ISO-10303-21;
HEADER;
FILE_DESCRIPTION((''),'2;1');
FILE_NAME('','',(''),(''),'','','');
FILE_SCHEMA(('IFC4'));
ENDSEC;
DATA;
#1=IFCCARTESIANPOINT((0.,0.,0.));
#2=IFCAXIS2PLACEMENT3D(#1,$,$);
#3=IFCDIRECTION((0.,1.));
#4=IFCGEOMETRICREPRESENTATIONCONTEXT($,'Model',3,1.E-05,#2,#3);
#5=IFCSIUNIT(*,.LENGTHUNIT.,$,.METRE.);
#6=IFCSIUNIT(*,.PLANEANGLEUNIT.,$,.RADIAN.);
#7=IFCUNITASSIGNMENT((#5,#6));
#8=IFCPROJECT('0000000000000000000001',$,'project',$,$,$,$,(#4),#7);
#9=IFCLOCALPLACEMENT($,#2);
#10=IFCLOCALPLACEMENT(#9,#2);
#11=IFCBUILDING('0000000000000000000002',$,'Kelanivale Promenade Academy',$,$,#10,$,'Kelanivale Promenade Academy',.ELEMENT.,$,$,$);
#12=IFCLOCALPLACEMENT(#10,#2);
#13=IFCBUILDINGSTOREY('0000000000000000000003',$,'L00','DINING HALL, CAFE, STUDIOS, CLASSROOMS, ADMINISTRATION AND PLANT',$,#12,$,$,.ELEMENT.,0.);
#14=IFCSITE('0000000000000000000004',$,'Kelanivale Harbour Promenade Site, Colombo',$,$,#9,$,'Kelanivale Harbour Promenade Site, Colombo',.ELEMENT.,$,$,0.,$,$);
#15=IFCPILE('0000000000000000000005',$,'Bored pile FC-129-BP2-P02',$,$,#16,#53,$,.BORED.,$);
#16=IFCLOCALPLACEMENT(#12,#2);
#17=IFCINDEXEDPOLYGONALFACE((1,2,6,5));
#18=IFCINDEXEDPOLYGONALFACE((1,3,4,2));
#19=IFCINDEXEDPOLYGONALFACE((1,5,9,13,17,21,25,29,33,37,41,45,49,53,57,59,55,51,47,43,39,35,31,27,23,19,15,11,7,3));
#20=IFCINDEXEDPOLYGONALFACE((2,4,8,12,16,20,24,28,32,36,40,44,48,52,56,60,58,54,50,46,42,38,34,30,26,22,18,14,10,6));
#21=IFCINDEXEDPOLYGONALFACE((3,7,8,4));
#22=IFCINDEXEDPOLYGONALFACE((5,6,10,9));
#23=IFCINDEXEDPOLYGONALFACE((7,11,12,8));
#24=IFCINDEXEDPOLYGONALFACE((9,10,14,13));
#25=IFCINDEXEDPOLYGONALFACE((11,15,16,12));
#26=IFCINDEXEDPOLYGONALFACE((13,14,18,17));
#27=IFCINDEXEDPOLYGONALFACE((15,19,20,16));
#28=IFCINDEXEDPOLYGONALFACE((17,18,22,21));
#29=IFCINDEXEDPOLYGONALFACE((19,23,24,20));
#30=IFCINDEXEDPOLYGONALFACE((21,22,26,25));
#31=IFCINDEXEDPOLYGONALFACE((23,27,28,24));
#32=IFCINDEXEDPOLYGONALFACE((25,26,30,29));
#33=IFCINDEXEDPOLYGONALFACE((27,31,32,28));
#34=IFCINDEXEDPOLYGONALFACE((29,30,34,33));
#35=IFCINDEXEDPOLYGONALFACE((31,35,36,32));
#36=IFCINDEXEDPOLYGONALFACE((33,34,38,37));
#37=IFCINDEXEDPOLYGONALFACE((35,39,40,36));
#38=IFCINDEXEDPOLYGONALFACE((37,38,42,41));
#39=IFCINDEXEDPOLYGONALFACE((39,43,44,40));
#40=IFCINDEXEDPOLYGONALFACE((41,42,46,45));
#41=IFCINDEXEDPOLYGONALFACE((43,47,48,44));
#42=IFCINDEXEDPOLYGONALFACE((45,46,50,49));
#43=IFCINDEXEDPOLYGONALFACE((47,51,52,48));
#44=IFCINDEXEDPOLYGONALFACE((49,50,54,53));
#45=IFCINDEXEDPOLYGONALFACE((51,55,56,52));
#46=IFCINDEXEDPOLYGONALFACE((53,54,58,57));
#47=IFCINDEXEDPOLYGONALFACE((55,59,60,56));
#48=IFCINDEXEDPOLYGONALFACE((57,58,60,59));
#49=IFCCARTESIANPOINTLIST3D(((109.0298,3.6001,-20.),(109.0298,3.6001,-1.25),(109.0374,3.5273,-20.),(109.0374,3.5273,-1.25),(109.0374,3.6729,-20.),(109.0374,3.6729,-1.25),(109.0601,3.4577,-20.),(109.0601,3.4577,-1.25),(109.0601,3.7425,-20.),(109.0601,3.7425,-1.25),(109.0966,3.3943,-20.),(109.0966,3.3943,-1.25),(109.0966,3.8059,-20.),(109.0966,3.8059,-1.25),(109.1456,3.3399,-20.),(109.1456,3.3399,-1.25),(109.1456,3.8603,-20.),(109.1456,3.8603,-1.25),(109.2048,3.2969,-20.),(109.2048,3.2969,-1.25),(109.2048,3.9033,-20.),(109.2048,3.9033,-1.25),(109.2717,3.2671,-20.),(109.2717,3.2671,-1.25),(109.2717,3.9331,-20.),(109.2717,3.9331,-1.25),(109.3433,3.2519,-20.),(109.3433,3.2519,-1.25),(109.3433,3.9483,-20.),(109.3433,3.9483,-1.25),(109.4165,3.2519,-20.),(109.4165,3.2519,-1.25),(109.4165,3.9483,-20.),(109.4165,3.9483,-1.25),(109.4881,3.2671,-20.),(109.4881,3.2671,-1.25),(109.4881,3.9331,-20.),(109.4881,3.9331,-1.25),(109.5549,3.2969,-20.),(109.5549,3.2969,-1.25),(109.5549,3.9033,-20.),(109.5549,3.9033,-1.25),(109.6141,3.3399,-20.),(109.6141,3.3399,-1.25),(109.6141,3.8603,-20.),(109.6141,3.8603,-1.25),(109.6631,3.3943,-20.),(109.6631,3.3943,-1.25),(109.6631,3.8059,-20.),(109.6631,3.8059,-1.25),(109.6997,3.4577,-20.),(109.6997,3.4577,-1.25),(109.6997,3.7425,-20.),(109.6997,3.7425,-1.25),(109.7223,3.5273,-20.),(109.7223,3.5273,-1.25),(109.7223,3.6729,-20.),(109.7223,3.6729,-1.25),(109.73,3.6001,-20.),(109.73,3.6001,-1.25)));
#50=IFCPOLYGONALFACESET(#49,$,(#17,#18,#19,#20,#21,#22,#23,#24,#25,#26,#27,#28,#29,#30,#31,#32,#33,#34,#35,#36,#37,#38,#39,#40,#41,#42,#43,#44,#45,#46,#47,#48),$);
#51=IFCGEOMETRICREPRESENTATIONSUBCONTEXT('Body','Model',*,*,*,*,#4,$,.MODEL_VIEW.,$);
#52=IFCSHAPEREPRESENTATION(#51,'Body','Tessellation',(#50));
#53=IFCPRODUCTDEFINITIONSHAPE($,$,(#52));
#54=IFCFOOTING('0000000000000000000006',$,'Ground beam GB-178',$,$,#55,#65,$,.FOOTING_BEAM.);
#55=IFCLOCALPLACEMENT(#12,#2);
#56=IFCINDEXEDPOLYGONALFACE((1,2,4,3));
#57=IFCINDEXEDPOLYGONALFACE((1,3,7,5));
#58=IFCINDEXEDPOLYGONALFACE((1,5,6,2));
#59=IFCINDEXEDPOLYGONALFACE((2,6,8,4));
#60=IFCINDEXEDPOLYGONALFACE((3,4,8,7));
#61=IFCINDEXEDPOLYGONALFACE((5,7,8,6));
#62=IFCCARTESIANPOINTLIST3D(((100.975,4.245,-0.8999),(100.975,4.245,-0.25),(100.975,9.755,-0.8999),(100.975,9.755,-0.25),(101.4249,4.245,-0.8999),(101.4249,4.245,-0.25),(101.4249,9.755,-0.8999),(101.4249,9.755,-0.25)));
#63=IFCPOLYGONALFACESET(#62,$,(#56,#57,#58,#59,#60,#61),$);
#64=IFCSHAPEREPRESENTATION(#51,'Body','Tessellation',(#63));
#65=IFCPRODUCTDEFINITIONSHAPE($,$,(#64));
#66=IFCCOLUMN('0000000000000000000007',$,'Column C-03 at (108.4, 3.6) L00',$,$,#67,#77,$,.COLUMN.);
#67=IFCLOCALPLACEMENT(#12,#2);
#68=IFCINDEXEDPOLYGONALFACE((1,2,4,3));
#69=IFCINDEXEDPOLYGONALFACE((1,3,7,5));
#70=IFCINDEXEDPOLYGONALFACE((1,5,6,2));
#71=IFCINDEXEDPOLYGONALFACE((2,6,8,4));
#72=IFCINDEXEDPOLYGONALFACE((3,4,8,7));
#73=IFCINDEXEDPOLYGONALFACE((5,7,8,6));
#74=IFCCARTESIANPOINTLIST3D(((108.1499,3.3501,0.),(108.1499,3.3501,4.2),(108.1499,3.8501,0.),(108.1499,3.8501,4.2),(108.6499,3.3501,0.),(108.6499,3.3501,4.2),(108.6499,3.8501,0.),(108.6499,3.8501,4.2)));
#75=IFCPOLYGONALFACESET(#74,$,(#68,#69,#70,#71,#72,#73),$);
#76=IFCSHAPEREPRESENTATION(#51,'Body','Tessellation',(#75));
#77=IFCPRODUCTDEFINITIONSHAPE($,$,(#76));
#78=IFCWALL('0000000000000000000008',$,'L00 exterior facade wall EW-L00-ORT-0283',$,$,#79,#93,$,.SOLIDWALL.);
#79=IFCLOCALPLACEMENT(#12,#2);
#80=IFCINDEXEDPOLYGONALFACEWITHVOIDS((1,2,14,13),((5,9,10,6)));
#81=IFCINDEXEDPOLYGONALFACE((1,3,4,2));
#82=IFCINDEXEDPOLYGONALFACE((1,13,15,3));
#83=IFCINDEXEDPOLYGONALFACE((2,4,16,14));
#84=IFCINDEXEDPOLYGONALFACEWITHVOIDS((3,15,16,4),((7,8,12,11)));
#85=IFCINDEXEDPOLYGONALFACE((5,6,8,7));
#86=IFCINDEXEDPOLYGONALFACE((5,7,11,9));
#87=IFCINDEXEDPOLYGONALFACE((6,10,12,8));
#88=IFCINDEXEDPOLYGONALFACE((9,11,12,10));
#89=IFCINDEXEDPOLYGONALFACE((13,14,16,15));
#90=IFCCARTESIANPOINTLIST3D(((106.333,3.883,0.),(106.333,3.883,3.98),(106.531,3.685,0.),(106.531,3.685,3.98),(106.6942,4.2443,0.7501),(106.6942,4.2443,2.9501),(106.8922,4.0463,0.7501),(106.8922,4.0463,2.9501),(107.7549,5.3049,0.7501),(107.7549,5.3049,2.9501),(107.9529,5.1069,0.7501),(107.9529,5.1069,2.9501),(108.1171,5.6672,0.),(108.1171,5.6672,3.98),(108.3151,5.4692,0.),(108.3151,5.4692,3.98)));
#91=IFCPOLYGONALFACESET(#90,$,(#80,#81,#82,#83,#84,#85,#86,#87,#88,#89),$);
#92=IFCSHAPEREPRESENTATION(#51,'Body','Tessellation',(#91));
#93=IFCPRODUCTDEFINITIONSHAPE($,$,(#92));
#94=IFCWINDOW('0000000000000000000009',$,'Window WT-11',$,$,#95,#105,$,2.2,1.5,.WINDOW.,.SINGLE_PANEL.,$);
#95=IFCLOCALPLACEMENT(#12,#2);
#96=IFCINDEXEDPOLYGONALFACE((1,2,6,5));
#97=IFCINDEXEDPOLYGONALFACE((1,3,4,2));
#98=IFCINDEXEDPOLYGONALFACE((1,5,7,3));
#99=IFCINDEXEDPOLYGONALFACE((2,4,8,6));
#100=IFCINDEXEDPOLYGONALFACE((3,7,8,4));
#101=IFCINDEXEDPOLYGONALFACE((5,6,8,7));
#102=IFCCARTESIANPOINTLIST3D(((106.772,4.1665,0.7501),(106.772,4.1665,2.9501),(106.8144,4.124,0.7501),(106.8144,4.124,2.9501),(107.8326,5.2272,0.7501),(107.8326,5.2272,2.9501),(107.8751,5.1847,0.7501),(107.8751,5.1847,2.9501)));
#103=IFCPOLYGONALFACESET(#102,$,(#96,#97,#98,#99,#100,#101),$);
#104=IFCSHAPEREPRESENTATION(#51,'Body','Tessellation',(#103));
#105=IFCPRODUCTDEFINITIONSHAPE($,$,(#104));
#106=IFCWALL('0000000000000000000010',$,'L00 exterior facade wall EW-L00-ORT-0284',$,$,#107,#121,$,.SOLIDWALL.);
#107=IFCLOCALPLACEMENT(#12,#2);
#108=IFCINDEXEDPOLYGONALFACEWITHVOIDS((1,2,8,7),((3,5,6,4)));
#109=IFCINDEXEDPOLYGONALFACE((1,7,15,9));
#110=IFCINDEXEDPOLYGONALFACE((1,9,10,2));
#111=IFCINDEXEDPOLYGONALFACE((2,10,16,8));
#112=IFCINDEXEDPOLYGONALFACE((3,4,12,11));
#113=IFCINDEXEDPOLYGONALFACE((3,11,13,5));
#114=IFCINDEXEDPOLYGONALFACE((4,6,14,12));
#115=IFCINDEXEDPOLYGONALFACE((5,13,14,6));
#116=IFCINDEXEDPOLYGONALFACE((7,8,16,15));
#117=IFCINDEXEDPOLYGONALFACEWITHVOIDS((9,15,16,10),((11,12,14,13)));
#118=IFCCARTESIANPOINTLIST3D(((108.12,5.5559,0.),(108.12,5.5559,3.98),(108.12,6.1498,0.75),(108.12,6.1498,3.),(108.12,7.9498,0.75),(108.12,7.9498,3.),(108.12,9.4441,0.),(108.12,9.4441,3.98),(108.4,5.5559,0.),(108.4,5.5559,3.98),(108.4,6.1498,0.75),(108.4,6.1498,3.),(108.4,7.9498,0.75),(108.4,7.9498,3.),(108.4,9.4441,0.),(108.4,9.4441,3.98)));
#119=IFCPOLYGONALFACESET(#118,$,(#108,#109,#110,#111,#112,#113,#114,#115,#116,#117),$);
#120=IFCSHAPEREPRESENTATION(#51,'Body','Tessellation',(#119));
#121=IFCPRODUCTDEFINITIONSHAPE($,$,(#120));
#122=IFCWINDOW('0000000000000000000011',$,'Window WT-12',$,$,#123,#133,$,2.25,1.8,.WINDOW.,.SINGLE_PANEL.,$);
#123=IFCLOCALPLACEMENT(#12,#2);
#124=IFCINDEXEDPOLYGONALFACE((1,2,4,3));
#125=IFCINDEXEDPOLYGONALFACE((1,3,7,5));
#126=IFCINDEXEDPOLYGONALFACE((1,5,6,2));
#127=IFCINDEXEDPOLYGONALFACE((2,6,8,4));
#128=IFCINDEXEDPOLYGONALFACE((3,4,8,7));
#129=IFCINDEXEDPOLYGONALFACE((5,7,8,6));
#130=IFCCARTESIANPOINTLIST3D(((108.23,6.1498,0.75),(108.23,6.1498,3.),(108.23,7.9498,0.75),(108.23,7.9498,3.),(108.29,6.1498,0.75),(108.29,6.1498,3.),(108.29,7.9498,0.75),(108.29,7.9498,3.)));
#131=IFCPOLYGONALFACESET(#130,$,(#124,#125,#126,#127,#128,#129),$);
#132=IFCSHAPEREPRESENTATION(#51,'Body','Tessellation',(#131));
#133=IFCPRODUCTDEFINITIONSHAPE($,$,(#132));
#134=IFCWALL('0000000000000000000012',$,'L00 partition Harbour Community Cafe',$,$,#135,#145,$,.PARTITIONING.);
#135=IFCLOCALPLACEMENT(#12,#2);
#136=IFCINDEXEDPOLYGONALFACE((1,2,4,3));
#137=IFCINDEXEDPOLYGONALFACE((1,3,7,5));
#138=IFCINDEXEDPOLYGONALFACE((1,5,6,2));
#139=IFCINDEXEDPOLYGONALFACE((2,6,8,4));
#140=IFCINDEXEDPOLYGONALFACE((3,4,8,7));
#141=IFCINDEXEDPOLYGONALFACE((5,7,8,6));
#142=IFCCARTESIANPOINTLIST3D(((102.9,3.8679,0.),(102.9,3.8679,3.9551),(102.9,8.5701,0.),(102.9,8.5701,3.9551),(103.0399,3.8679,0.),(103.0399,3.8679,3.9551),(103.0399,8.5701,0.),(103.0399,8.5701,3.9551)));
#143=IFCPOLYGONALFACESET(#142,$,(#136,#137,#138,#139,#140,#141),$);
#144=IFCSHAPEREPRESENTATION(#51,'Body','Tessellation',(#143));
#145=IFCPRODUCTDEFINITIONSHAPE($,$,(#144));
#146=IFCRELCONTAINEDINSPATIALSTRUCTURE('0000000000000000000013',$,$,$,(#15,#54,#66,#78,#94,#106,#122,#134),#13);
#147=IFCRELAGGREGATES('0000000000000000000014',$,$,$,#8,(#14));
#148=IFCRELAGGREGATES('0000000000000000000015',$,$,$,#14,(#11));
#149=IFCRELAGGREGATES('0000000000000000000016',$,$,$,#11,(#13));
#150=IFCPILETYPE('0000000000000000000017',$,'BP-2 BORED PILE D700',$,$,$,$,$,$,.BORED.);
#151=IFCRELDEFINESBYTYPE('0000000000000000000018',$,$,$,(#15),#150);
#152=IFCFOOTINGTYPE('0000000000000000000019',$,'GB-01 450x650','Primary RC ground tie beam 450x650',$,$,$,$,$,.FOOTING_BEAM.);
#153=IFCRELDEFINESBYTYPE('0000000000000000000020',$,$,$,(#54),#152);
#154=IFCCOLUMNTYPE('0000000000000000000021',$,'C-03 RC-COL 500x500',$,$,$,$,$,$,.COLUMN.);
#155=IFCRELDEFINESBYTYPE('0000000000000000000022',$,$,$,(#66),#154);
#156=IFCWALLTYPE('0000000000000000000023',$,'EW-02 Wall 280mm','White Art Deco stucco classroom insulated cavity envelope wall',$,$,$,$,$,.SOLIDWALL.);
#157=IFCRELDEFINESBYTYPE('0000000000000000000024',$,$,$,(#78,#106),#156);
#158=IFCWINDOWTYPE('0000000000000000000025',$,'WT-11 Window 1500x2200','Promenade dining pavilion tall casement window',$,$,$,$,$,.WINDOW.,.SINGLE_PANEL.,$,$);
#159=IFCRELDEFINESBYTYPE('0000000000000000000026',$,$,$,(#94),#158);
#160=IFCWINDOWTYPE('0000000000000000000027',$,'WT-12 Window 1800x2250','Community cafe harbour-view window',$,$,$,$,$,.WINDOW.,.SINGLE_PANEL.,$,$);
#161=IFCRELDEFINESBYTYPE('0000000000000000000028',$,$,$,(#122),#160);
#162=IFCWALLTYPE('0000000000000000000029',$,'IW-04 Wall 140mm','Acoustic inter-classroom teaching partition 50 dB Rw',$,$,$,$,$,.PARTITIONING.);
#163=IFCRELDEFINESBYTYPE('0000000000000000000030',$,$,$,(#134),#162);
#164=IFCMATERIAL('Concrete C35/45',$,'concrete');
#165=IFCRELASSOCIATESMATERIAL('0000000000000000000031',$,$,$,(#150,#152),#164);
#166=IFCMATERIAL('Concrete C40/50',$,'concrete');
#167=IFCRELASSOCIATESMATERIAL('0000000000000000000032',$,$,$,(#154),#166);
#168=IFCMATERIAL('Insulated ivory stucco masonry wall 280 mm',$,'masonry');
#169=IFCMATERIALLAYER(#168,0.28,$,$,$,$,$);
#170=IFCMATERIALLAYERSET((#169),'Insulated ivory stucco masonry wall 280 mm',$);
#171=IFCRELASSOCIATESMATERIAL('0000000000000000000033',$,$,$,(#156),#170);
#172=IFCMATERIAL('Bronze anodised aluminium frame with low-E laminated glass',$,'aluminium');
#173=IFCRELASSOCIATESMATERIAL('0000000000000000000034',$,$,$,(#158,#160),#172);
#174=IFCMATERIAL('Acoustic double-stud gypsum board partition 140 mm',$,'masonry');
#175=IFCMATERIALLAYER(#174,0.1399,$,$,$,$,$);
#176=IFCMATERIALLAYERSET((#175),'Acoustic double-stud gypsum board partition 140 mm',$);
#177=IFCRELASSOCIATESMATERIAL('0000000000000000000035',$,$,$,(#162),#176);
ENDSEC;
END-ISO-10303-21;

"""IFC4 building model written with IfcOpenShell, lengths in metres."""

from ifc_helpers import new_model, si_unit, direction, frame, frame_2d, origin, origin_2d, place, context, subcontext, project, spatial, rectangle, circle, extrude, material, layer, layer_set, material_profile, profile_set, type_object, element, fill, save


model = new_model("IFC4")

# Units and contexts
model_context = context("Model", 3, precision=1e-05, world=origin(), true_north=direction((0.0, 1.0)))
body_context = subcontext(model_context, "Body", "Model", "MODEL_VIEW")
ifc_project = project(units=[si_unit("LENGTHUNIT", "METRE"), si_unit("PLANEANGLEUNIT", "RADIAN")], contexts=[model_context])

# Site, building, storey
site_placement = place(None, origin())
site = spatial("IfcSite", under=ifc_project, at=site_placement, Name="Kelanivale Harbour Promenade Site, Colombo", LongName="Kelanivale Harbour Promenade Site, Colombo", CompositionType="ELEMENT", RefElevation=0.0)
building_placement = place(site_placement, origin())
building = spatial("IfcBuilding", under=site, at=building_placement, Name="Kelanivale Promenade Academy", LongName="Kelanivale Promenade Academy", CompositionType="ELEMENT")
storey_placement = place(building_placement, origin())
storey = spatial("IfcBuildingStorey", under=building, at=storey_placement, Name="L00", Description="DINING HALL, CAFE, STUDIOS, CLASSROOMS, ADMINISTRATION AND PLANT", CompositionType="ELEMENT", Elevation=0.0)

# Pile
ifc_material_1 = material(Name="Concrete C35/45", Category="concrete")
ifc_material_profile_1 = material_profile(ifc_material_1, circle(Radius=0.3501, at=origin_2d()), Name="BORED PILE D700")
ifc_profile_set_1 = profile_set([ifc_material_profile_1], Name="Concrete C35/45")
pile_type = type_object("IfcPileType", Name="BP-2 BORED PILE D700", PredefinedType="BORED", material=ifc_profile_set_1)
pile_placement = place(storey_placement, frame((109.3799, 3.6001, -1.25), z_axis=(0.0, 0.0, -1.0), x_axis=(1.0, 0.0, 0.0)))
element("IfcPile", 1, at=pile_placement, inside=storey, type_object=pile_type, Name="Bored pile FC-129-BP2-P02", PredefinedType="BORED", context=body_context, shape_type="SweptSolid", body=[
    extrude(circle(Radius=0.3501, at=origin_2d()), origin(), (0.0, 0.0, 1.0), 18.75),
])

# Footing
footing_type = type_object("IfcFootingType", Name="GB-01 450x650", Description="Primary RC ground tie beam 450x650", PredefinedType="FOOTING_BEAM", material=ifc_material_1)
footing_placement = place(storey_placement, frame((101.2, 7.0, -0.8999), z_axis=(0.0, 0.0, 1.0), x_axis=(0.0, 1.0, 0.0)))
element("IfcFooting", 2, at=footing_placement, inside=storey, type_object=footing_type, Name="Ground beam GB-178", PredefinedType="FOOTING_BEAM", context=body_context, shape_type="SweptSolid", body=[
    extrude(rectangle(XDim=5.51, YDim=0.45, at=origin_2d()), origin(), (0.0, 0.0, 1.0), 0.6499),
])

# Column
ifc_material_2 = material(Name="Concrete C40/50", Category="concrete")
ifc_material_profile_2 = material_profile(ifc_material_2, rectangle(XDim=0.5, YDim=0.5, at=origin_2d()), Name="RC-COL 500x500")
ifc_profile_set_2 = profile_set([ifc_material_profile_2], Name="Concrete C40/50")
column_type = type_object("IfcColumnType", Name="C-03 RC-COL 500x500", PredefinedType="COLUMN", material=ifc_profile_set_2)
column_placement = place(storey_placement, frame((108.3999, 3.6001, 0.0), z_axis=(0.0, 0.0, 1.0), x_axis=(1.0, 0.0, 0.0)))
element("IfcColumn", 3, at=column_placement, inside=storey, type_object=column_type, Name="Column C-03 at (108.4, 3.6) L00", PredefinedType="COLUMN", context=body_context, shape_type="SweptSolid", body=[
    extrude(rectangle(XDim=0.5, YDim=0.5, at=origin_2d()), origin(), (0.0, 0.0, 1.0), 4.2),
])

# Walls, openings, windows
ifc_material_3 = material(Name="Insulated ivory stucco masonry wall 280 mm", Category="masonry")
ifc_layer_1 = layer(ifc_material_3, 0.28)
ifc_layer_set_1 = layer_set([ifc_layer_1], Name="Insulated ivory stucco masonry wall 280 mm")
wall_type_1 = type_object("IfcWallType", Name="EW-02 Wall 280mm", Description="White Art Deco stucco classroom insulated cavity envelope wall", PredefinedType="SOLIDWALL", material=ifc_layer_set_1)
wall_1_placement = place(storey_placement, frame((106.4319, 3.7839, 0.0), z_axis=(0.0, 0.0, 1.0), x_axis=(0.707107, 0.707107, 0.0)))
wall_1 = element("IfcWall", 4, at=wall_1_placement, inside=storey, type_object=wall_type_1, Name="L00 exterior facade wall EW-L00-ORT-0283", PredefinedType="SOLIDWALL", context=body_context, shape_type="SweptSolid", body=[
    extrude(rectangle(XDim=2.5232, YDim=0.28, at=frame_2d((1.2617, 0.0))), origin(), (0.0, 0.0, 1.0), 3.98),
])
opening_1_placement = place(wall_1_placement, frame((0.511, 0.0, 0.75)))
opening_1 = element("IfcOpeningElement", 5, at=opening_1_placement, cuts=wall_1, PredefinedType="OPENING", context=body_context, shape_type="SweptSolid", body=[
    extrude(rectangle(XDim=1.5, YDim=2.2, at=frame_2d((0.75, 1.1001))), frame((0.0, 0.1499, 0.0), z_axis=(0.0, -1.0, 0.0), x_axis=(1.0, 0.0, 0.0)), (0.0, 0.0, 1.0), 0.3),
])
ifc_material_4 = material(Name="Bronze anodised aluminium frame with low-E laminated glass", Category="aluminium")
window_type_1 = type_object("IfcWindowType", Name="WT-11 Window 1500x2200", Description="Promenade dining pavilion tall casement window", PartitioningType="SINGLE_PANEL", PredefinedType="WINDOW", material=ifc_material_4)
window_1_placement = place(opening_1_placement, origin())
window_1 = element("IfcWindow", 6, at=window_1_placement, inside=storey, type_object=window_type_1, Name="Window WT-11", OverallHeight=2.2, OverallWidth=1.5, PartitioningType="SINGLE_PANEL", PredefinedType="WINDOW", context=body_context, shape_type="SweptSolid", body=[
    extrude(rectangle(XDim=1.5, YDim=2.2, at=frame_2d((0.75, 1.1001))), frame((0.0, 0.03, 0.0), z_axis=(0.0, -1.0, 0.0), x_axis=(1.0, 0.0, 0.0)), (0.0, 0.0, 1.0), 0.0601),
])
fill(opening_1, window_1)
wall_2_placement = place(storey_placement, frame((108.26, 5.5559, 0.0), z_axis=(0.0, 0.0, 1.0), x_axis=(0.0, 1.0, 0.0)))
wall_2 = element("IfcWall", 7, at=wall_2_placement, inside=storey, type_object=wall_type_1, Name="L00 exterior facade wall EW-L00-ORT-0284", PredefinedType="SOLIDWALL", context=body_context, shape_type="SweptSolid", body=[
    extrude(rectangle(XDim=3.8882, YDim=0.28, at=frame_2d((1.9441, 0.0))), origin(), (0.0, 0.0, 1.0), 3.98),
])
opening_2_placement = place(wall_2_placement, frame((0.594, 0.0, 0.75)))
opening_2 = element("IfcOpeningElement", 8, at=opening_2_placement, cuts=wall_2, PredefinedType="OPENING", context=body_context, shape_type="SweptSolid", body=[
    extrude(rectangle(XDim=1.8, YDim=2.25, at=frame_2d((0.8999, 1.125))), frame((0.0, 0.1499, 0.0), z_axis=(0.0, -1.0, 0.0), x_axis=(1.0, 0.0, 0.0)), (0.0, 0.0, 1.0), 0.3),
])
window_type_2 = type_object("IfcWindowType", Name="WT-12 Window 1800x2250", Description="Community cafe harbour-view window", PartitioningType="SINGLE_PANEL", PredefinedType="WINDOW", material=ifc_material_4)
window_2_placement = place(opening_2_placement, origin())
window_2 = element("IfcWindow", 9, at=window_2_placement, inside=storey, type_object=window_type_2, Name="Window WT-12", OverallHeight=2.25, OverallWidth=1.8, PartitioningType="SINGLE_PANEL", PredefinedType="WINDOW", context=body_context, shape_type="SweptSolid", body=[
    extrude(rectangle(XDim=1.8, YDim=2.25, at=frame_2d((0.8999, 1.125))), frame((0.0, 0.03, 0.0), z_axis=(0.0, -1.0, 0.0), x_axis=(1.0, 0.0, 0.0)), (0.0, 0.0, 1.0), 0.0601),
])
fill(opening_2, window_2)

# Wall
ifc_material_5 = material(Name="Acoustic double-stud gypsum board partition 140 mm", Category="masonry")
ifc_layer_2 = layer(ifc_material_5, 0.1399)
ifc_layer_set_2 = layer_set([ifc_layer_2], Name="Acoustic double-stud gypsum board partition 140 mm")
wall_type_2 = type_object("IfcWallType", Name="IW-04 Wall 140mm", Description="Acoustic inter-classroom teaching partition 50 dB Rw", PredefinedType="PARTITIONING", material=ifc_layer_set_2)
wall_3_placement = place(storey_placement, frame((102.97, 3.8679, 0.0), z_axis=(0.0, 0.0, 1.0), x_axis=(0.0, 1.0, 0.0)))
element("IfcWall", 10, at=wall_3_placement, inside=storey, type_object=wall_type_2, Name="L00 partition Harbour Community Cafe", PredefinedType="PARTITIONING", context=body_context, shape_type="SweptSolid", body=[
    extrude(rectangle(XDim=4.7021, YDim=0.1399, at=frame_2d((2.3511, 0.0))), origin(), (0.0, 0.0, 1.0), 3.9551),
])

save(model, "model.ifc")
